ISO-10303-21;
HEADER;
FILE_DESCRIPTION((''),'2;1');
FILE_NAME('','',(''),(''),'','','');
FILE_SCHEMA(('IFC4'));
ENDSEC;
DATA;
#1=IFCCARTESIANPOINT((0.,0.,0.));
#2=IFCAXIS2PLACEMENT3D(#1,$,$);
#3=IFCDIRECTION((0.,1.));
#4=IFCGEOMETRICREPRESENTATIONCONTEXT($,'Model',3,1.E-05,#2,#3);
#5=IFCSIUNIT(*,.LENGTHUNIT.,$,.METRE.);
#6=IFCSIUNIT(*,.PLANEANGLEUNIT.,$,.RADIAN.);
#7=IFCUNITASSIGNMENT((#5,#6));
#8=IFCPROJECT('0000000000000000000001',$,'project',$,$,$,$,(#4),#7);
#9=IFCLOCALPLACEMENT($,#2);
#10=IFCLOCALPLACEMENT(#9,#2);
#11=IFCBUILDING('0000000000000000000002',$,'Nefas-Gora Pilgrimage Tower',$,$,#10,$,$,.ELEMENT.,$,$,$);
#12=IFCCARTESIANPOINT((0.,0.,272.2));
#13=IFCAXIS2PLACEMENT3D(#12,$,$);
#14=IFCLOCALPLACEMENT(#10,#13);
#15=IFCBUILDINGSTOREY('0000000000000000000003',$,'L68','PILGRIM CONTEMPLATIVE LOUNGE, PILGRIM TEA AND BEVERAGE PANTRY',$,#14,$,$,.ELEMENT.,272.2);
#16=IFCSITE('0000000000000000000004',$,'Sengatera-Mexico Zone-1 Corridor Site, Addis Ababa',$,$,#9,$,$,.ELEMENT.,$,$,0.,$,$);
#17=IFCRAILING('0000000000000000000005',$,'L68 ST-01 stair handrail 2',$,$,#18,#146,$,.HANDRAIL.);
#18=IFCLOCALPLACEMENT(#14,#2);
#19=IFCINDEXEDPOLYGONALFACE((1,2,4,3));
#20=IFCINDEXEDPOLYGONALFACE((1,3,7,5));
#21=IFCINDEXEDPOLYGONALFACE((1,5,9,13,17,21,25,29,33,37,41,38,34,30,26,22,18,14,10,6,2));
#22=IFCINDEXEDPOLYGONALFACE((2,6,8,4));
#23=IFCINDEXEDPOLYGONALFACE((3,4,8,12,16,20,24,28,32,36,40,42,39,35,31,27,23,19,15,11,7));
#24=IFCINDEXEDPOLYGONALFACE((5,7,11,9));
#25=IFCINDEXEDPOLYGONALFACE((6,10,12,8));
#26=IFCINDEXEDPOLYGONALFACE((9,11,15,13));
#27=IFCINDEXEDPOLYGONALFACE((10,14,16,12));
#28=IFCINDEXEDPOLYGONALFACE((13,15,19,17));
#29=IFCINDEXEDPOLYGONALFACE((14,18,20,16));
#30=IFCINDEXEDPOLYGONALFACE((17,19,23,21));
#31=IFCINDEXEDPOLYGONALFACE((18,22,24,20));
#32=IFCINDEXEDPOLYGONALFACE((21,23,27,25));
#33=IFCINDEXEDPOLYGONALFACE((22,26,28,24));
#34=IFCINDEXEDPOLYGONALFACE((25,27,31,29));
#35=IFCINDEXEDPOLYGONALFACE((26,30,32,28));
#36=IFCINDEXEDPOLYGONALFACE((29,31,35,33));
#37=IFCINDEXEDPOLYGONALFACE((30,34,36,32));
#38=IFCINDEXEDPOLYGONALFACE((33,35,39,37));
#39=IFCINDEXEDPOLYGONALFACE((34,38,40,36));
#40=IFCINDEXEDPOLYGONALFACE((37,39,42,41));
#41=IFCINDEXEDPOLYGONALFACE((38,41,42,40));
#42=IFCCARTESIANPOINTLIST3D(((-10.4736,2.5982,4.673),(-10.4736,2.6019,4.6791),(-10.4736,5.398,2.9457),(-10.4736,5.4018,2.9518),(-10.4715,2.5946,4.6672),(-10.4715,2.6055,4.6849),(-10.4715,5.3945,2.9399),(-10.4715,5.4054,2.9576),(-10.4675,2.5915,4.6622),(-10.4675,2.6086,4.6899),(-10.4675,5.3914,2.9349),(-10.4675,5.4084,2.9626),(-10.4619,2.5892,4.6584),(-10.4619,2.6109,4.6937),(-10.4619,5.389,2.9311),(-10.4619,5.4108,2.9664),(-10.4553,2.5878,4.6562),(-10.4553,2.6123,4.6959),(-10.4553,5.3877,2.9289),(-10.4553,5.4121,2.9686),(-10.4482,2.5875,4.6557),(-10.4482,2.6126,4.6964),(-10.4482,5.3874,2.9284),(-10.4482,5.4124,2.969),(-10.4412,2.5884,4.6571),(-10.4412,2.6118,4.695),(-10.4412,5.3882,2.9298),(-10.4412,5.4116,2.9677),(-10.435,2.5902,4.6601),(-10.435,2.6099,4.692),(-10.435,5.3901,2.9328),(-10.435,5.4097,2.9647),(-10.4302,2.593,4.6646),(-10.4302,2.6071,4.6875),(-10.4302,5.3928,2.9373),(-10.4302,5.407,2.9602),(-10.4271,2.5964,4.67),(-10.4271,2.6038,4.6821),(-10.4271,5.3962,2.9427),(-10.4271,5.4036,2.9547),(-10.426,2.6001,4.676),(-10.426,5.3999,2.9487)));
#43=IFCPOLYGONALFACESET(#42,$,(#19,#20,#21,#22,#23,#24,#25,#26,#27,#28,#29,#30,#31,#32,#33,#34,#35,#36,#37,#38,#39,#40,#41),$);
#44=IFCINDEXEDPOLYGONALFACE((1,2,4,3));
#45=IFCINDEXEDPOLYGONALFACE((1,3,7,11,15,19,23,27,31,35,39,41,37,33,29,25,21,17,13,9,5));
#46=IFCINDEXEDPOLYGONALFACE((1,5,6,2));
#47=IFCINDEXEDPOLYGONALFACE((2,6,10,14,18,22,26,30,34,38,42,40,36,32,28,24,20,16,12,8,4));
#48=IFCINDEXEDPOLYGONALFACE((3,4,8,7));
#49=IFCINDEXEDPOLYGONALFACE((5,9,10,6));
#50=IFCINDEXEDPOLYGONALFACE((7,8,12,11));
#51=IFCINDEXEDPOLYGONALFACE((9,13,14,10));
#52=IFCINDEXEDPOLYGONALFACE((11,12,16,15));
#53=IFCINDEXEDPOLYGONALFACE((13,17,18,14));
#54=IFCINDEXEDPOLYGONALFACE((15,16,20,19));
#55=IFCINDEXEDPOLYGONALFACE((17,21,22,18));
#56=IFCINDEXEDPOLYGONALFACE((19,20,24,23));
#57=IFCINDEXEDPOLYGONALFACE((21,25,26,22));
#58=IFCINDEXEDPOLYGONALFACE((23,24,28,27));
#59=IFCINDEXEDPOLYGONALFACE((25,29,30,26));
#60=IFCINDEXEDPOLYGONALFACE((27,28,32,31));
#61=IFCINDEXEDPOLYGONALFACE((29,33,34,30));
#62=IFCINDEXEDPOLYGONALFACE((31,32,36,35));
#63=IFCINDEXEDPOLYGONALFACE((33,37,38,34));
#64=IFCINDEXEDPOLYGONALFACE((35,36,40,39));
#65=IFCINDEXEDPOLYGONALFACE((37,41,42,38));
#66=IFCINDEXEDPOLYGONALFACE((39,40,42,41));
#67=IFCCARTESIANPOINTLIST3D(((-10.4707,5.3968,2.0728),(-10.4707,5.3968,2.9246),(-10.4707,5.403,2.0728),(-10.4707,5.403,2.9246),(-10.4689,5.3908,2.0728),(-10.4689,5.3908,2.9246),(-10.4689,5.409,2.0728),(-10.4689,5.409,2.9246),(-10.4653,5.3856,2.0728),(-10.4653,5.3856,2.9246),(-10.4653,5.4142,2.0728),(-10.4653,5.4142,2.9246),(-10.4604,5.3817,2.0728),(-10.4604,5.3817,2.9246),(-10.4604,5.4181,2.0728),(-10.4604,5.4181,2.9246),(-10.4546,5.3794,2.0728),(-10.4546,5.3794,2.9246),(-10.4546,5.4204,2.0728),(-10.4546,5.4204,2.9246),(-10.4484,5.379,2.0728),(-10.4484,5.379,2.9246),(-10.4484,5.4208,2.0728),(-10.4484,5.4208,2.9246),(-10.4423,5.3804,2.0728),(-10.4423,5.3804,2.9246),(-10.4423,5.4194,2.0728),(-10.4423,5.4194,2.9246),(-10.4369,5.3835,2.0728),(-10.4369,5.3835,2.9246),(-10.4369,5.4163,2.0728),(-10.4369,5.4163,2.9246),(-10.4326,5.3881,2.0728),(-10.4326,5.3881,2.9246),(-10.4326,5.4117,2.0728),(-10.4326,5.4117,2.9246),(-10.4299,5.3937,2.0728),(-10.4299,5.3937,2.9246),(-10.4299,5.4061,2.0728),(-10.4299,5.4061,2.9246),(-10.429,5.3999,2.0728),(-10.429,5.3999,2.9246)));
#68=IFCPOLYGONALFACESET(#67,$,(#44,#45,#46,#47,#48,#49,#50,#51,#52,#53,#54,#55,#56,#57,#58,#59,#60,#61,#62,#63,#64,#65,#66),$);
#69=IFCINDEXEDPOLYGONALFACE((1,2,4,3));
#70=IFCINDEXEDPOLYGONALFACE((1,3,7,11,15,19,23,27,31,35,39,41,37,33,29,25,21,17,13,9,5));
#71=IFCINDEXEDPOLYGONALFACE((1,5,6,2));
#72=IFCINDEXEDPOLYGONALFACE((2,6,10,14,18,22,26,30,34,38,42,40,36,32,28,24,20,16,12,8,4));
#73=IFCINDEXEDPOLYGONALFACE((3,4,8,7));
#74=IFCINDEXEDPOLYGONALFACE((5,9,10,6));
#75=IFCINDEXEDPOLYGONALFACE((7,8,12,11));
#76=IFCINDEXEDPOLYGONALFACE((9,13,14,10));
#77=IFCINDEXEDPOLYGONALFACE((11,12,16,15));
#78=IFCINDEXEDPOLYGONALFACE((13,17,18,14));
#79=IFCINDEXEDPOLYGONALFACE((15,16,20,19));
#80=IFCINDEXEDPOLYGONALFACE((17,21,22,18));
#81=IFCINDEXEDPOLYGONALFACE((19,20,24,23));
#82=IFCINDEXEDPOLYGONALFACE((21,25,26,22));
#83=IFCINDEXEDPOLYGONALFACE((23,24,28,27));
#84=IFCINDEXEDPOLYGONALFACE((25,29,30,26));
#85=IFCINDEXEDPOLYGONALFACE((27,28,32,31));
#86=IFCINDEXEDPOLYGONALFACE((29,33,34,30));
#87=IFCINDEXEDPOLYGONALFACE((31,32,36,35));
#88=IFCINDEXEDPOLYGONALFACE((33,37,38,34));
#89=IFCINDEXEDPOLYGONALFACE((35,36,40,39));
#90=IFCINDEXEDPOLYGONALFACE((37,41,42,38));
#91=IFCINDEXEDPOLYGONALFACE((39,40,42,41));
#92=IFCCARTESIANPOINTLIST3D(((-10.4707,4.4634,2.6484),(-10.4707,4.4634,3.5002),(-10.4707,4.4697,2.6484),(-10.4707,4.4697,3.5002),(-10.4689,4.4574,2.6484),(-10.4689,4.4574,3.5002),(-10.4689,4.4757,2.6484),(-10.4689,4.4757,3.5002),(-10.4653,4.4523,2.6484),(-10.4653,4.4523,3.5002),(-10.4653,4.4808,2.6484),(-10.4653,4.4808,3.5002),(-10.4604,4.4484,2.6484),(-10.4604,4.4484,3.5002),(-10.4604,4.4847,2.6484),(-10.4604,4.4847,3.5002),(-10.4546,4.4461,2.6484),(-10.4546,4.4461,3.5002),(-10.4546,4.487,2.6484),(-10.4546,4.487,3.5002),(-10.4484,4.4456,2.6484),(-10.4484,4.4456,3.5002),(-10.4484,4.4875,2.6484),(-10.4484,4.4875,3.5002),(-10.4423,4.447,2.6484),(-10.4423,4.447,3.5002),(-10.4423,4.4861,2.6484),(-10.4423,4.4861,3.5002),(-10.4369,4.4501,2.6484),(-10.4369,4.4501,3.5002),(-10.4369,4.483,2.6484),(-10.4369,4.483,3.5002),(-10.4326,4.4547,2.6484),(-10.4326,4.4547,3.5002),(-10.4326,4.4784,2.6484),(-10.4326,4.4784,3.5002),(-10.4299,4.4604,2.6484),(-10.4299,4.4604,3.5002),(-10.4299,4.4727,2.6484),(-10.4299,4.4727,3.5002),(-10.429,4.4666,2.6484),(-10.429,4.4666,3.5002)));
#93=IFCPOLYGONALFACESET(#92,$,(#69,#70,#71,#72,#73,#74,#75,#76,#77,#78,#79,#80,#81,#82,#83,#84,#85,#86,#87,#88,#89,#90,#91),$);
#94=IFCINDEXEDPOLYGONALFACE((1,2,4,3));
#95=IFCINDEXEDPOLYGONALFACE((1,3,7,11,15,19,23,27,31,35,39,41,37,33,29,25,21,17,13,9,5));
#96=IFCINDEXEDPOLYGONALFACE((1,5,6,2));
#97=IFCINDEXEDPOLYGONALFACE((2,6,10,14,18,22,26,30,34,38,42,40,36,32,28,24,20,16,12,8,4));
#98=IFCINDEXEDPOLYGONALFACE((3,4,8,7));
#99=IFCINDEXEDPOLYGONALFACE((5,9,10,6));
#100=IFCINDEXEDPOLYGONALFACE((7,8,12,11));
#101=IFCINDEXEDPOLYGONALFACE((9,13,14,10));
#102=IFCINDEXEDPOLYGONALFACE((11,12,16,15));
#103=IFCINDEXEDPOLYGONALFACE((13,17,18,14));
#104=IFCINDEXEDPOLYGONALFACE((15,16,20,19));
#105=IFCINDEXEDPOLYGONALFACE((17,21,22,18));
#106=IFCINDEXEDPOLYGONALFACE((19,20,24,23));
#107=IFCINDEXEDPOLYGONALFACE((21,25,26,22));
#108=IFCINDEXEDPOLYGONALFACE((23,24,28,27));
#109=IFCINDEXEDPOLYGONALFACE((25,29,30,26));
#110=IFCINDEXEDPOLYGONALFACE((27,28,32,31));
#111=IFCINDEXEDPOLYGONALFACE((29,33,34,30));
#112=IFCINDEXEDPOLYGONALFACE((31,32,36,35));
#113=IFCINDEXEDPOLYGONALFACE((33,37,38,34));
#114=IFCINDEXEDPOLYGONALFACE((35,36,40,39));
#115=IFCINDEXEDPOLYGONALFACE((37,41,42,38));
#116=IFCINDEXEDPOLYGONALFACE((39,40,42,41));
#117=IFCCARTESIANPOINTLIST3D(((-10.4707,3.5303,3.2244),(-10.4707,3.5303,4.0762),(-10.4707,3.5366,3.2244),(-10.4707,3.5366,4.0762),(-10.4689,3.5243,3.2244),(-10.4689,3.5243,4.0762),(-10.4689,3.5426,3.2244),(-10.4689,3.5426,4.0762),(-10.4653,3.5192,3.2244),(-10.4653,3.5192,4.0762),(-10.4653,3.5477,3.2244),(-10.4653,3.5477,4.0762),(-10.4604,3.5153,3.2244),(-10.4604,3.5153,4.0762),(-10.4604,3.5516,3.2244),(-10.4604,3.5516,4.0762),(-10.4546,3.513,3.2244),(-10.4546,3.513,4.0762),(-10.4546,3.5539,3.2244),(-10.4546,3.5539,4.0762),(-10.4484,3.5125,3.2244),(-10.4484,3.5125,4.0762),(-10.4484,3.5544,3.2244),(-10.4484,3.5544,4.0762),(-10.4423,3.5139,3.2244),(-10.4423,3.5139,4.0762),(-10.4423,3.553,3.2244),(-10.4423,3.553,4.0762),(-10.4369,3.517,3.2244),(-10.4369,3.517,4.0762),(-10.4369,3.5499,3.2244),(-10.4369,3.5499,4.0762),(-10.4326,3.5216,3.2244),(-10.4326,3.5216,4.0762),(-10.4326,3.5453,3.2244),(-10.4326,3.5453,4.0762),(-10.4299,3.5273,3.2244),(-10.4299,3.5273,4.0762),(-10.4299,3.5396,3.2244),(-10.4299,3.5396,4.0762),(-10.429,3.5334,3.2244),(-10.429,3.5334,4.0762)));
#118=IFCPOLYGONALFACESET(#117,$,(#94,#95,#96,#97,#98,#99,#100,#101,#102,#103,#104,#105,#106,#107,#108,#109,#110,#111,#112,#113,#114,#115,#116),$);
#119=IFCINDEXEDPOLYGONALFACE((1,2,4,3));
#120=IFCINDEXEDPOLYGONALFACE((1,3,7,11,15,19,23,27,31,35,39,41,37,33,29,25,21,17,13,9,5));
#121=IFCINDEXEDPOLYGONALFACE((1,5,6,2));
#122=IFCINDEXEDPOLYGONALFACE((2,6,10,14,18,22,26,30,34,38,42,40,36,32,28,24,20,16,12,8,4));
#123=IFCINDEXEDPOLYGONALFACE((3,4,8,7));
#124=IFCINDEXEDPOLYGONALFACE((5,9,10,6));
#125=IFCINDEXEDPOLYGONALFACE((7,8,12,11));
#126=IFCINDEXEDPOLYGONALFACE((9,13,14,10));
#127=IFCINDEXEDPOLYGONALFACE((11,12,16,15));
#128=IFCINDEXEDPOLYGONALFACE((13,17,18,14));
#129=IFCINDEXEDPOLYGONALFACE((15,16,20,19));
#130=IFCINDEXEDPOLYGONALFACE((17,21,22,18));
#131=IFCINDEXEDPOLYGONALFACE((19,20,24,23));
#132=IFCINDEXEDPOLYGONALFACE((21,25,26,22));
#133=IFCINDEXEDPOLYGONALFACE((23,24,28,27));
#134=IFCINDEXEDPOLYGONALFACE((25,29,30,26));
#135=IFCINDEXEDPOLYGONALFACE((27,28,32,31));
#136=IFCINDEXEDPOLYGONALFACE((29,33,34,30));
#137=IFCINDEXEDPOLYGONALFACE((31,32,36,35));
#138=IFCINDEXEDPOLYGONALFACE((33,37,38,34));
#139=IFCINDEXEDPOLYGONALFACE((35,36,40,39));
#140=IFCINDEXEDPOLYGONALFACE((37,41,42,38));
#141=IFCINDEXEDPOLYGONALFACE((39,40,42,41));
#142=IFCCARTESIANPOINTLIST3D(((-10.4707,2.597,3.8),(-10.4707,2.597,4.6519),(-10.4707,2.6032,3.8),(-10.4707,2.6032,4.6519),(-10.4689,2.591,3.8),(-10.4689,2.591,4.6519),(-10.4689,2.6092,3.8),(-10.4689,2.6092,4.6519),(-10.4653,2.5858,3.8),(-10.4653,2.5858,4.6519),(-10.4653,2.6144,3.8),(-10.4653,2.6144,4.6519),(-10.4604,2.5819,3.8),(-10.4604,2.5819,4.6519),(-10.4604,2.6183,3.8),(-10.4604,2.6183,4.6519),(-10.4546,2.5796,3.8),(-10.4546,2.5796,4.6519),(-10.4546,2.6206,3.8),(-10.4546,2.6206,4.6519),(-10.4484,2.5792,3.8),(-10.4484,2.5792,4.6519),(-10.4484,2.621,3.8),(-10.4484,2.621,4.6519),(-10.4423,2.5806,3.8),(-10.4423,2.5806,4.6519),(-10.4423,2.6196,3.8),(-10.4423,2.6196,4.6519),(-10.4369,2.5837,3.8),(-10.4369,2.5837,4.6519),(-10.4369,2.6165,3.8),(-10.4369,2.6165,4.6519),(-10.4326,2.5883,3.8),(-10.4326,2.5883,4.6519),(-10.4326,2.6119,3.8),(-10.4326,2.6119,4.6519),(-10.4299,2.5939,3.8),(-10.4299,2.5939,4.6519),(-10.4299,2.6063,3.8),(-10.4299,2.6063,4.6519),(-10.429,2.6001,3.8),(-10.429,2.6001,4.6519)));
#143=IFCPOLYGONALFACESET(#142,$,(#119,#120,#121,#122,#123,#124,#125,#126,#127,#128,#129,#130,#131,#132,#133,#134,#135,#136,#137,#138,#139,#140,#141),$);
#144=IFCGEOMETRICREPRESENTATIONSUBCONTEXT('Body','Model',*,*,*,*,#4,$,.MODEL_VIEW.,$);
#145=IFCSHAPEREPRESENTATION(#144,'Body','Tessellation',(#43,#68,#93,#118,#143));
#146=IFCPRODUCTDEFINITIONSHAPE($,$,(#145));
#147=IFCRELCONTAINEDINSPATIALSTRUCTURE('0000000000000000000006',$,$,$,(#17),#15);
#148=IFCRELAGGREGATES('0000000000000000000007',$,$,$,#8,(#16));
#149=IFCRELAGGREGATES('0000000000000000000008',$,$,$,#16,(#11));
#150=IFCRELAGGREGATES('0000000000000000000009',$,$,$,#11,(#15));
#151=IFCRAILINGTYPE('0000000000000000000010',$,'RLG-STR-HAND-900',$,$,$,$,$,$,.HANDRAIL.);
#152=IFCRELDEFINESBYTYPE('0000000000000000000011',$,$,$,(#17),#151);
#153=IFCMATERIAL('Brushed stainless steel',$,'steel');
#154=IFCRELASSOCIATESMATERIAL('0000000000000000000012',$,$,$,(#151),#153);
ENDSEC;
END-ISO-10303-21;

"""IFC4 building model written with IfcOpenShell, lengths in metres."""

from ifc_helpers import new_model, si_unit, direction, frame, origin, origin_2d, place, context, subcontext, project, spatial, circle, extrude, material, type_object, element, save


model = new_model("IFC4")

# Units and contexts
model_context = context("Model", 3, precision=1e-05, world=origin(), true_north=direction((0.0, 1.0)))
body_context = subcontext(model_context, "Body", "Model", "MODEL_VIEW")
ifc_project = project(units=[si_unit("LENGTHUNIT", "METRE"), si_unit("PLANEANGLEUNIT", "RADIAN")], contexts=[model_context])

# Site, building, storey
site_placement = place(None, origin())
site = spatial("IfcSite", under=ifc_project, at=site_placement, Name="Sengatera-Mexico Zone-1 Corridor Site, Addis Ababa", CompositionType="ELEMENT", RefElevation=0.0)
building_placement = place(site_placement, origin())
building = spatial("IfcBuilding", under=site, at=building_placement, Name="Nefas-Gora Pilgrimage Tower", CompositionType="ELEMENT")
storey_placement = place(building_placement, frame((0.0, 0.0, 272.2)))
storey = spatial("IfcBuildingStorey", under=building, at=storey_placement, Name="L68", Description="PILGRIM CONTEMPLATIVE LOUNGE, PILGRIM TEA AND BEVERAGE PANTRY", CompositionType="ELEMENT", Elevation=272.2)

# Railing
ifc_material_1 = material(Name="Brushed stainless steel", Category="steel")
railing_type_1 = type_object("IfcRailingType", Name="RLG-STR-HAND-900", PredefinedType="HANDRAIL", material=ifc_material_1)
railing_1_placement = place(storey_placement, frame((-10.45, 5.3999, 2.0728)))
element("IfcRailing", 1, at=railing_1_placement, inside=storey, type_object=railing_type_1, Name="L68 ST-01 stair handrail 2", PredefinedType="HANDRAIL", context=body_context, shape_type="SweptSolid", body=[
    extrude(circle(Radius=0.0239, at=origin_2d()), frame((0.0, 0.0, 0.876), z_axis=(0.0, -0.851069, 0.525054), x_axis=(1.0, 0.0, 0.0)), (0.0, 0.0, 1.0), 3.2898),
    extrude(circle(Radius=0.021, at=origin_2d()), origin(), (0.0, 0.0, 1.0), 0.8518),
    extrude(circle(Radius=0.021, at=origin_2d()), frame((0.0, -0.9333, 0.5757)), (0.0, 0.0, 1.0), 0.8518),
    extrude(circle(Radius=0.021, at=origin_2d()), frame((0.0, -1.8665, 1.1516)), (0.0, 0.0, 1.0), 0.8518),
    extrude(circle(Radius=0.021, at=origin_2d()), frame((0.0, -2.7998, 1.7273)), (0.0, 0.0, 1.0), 0.8518),
])

save(model, "model.ifc")
